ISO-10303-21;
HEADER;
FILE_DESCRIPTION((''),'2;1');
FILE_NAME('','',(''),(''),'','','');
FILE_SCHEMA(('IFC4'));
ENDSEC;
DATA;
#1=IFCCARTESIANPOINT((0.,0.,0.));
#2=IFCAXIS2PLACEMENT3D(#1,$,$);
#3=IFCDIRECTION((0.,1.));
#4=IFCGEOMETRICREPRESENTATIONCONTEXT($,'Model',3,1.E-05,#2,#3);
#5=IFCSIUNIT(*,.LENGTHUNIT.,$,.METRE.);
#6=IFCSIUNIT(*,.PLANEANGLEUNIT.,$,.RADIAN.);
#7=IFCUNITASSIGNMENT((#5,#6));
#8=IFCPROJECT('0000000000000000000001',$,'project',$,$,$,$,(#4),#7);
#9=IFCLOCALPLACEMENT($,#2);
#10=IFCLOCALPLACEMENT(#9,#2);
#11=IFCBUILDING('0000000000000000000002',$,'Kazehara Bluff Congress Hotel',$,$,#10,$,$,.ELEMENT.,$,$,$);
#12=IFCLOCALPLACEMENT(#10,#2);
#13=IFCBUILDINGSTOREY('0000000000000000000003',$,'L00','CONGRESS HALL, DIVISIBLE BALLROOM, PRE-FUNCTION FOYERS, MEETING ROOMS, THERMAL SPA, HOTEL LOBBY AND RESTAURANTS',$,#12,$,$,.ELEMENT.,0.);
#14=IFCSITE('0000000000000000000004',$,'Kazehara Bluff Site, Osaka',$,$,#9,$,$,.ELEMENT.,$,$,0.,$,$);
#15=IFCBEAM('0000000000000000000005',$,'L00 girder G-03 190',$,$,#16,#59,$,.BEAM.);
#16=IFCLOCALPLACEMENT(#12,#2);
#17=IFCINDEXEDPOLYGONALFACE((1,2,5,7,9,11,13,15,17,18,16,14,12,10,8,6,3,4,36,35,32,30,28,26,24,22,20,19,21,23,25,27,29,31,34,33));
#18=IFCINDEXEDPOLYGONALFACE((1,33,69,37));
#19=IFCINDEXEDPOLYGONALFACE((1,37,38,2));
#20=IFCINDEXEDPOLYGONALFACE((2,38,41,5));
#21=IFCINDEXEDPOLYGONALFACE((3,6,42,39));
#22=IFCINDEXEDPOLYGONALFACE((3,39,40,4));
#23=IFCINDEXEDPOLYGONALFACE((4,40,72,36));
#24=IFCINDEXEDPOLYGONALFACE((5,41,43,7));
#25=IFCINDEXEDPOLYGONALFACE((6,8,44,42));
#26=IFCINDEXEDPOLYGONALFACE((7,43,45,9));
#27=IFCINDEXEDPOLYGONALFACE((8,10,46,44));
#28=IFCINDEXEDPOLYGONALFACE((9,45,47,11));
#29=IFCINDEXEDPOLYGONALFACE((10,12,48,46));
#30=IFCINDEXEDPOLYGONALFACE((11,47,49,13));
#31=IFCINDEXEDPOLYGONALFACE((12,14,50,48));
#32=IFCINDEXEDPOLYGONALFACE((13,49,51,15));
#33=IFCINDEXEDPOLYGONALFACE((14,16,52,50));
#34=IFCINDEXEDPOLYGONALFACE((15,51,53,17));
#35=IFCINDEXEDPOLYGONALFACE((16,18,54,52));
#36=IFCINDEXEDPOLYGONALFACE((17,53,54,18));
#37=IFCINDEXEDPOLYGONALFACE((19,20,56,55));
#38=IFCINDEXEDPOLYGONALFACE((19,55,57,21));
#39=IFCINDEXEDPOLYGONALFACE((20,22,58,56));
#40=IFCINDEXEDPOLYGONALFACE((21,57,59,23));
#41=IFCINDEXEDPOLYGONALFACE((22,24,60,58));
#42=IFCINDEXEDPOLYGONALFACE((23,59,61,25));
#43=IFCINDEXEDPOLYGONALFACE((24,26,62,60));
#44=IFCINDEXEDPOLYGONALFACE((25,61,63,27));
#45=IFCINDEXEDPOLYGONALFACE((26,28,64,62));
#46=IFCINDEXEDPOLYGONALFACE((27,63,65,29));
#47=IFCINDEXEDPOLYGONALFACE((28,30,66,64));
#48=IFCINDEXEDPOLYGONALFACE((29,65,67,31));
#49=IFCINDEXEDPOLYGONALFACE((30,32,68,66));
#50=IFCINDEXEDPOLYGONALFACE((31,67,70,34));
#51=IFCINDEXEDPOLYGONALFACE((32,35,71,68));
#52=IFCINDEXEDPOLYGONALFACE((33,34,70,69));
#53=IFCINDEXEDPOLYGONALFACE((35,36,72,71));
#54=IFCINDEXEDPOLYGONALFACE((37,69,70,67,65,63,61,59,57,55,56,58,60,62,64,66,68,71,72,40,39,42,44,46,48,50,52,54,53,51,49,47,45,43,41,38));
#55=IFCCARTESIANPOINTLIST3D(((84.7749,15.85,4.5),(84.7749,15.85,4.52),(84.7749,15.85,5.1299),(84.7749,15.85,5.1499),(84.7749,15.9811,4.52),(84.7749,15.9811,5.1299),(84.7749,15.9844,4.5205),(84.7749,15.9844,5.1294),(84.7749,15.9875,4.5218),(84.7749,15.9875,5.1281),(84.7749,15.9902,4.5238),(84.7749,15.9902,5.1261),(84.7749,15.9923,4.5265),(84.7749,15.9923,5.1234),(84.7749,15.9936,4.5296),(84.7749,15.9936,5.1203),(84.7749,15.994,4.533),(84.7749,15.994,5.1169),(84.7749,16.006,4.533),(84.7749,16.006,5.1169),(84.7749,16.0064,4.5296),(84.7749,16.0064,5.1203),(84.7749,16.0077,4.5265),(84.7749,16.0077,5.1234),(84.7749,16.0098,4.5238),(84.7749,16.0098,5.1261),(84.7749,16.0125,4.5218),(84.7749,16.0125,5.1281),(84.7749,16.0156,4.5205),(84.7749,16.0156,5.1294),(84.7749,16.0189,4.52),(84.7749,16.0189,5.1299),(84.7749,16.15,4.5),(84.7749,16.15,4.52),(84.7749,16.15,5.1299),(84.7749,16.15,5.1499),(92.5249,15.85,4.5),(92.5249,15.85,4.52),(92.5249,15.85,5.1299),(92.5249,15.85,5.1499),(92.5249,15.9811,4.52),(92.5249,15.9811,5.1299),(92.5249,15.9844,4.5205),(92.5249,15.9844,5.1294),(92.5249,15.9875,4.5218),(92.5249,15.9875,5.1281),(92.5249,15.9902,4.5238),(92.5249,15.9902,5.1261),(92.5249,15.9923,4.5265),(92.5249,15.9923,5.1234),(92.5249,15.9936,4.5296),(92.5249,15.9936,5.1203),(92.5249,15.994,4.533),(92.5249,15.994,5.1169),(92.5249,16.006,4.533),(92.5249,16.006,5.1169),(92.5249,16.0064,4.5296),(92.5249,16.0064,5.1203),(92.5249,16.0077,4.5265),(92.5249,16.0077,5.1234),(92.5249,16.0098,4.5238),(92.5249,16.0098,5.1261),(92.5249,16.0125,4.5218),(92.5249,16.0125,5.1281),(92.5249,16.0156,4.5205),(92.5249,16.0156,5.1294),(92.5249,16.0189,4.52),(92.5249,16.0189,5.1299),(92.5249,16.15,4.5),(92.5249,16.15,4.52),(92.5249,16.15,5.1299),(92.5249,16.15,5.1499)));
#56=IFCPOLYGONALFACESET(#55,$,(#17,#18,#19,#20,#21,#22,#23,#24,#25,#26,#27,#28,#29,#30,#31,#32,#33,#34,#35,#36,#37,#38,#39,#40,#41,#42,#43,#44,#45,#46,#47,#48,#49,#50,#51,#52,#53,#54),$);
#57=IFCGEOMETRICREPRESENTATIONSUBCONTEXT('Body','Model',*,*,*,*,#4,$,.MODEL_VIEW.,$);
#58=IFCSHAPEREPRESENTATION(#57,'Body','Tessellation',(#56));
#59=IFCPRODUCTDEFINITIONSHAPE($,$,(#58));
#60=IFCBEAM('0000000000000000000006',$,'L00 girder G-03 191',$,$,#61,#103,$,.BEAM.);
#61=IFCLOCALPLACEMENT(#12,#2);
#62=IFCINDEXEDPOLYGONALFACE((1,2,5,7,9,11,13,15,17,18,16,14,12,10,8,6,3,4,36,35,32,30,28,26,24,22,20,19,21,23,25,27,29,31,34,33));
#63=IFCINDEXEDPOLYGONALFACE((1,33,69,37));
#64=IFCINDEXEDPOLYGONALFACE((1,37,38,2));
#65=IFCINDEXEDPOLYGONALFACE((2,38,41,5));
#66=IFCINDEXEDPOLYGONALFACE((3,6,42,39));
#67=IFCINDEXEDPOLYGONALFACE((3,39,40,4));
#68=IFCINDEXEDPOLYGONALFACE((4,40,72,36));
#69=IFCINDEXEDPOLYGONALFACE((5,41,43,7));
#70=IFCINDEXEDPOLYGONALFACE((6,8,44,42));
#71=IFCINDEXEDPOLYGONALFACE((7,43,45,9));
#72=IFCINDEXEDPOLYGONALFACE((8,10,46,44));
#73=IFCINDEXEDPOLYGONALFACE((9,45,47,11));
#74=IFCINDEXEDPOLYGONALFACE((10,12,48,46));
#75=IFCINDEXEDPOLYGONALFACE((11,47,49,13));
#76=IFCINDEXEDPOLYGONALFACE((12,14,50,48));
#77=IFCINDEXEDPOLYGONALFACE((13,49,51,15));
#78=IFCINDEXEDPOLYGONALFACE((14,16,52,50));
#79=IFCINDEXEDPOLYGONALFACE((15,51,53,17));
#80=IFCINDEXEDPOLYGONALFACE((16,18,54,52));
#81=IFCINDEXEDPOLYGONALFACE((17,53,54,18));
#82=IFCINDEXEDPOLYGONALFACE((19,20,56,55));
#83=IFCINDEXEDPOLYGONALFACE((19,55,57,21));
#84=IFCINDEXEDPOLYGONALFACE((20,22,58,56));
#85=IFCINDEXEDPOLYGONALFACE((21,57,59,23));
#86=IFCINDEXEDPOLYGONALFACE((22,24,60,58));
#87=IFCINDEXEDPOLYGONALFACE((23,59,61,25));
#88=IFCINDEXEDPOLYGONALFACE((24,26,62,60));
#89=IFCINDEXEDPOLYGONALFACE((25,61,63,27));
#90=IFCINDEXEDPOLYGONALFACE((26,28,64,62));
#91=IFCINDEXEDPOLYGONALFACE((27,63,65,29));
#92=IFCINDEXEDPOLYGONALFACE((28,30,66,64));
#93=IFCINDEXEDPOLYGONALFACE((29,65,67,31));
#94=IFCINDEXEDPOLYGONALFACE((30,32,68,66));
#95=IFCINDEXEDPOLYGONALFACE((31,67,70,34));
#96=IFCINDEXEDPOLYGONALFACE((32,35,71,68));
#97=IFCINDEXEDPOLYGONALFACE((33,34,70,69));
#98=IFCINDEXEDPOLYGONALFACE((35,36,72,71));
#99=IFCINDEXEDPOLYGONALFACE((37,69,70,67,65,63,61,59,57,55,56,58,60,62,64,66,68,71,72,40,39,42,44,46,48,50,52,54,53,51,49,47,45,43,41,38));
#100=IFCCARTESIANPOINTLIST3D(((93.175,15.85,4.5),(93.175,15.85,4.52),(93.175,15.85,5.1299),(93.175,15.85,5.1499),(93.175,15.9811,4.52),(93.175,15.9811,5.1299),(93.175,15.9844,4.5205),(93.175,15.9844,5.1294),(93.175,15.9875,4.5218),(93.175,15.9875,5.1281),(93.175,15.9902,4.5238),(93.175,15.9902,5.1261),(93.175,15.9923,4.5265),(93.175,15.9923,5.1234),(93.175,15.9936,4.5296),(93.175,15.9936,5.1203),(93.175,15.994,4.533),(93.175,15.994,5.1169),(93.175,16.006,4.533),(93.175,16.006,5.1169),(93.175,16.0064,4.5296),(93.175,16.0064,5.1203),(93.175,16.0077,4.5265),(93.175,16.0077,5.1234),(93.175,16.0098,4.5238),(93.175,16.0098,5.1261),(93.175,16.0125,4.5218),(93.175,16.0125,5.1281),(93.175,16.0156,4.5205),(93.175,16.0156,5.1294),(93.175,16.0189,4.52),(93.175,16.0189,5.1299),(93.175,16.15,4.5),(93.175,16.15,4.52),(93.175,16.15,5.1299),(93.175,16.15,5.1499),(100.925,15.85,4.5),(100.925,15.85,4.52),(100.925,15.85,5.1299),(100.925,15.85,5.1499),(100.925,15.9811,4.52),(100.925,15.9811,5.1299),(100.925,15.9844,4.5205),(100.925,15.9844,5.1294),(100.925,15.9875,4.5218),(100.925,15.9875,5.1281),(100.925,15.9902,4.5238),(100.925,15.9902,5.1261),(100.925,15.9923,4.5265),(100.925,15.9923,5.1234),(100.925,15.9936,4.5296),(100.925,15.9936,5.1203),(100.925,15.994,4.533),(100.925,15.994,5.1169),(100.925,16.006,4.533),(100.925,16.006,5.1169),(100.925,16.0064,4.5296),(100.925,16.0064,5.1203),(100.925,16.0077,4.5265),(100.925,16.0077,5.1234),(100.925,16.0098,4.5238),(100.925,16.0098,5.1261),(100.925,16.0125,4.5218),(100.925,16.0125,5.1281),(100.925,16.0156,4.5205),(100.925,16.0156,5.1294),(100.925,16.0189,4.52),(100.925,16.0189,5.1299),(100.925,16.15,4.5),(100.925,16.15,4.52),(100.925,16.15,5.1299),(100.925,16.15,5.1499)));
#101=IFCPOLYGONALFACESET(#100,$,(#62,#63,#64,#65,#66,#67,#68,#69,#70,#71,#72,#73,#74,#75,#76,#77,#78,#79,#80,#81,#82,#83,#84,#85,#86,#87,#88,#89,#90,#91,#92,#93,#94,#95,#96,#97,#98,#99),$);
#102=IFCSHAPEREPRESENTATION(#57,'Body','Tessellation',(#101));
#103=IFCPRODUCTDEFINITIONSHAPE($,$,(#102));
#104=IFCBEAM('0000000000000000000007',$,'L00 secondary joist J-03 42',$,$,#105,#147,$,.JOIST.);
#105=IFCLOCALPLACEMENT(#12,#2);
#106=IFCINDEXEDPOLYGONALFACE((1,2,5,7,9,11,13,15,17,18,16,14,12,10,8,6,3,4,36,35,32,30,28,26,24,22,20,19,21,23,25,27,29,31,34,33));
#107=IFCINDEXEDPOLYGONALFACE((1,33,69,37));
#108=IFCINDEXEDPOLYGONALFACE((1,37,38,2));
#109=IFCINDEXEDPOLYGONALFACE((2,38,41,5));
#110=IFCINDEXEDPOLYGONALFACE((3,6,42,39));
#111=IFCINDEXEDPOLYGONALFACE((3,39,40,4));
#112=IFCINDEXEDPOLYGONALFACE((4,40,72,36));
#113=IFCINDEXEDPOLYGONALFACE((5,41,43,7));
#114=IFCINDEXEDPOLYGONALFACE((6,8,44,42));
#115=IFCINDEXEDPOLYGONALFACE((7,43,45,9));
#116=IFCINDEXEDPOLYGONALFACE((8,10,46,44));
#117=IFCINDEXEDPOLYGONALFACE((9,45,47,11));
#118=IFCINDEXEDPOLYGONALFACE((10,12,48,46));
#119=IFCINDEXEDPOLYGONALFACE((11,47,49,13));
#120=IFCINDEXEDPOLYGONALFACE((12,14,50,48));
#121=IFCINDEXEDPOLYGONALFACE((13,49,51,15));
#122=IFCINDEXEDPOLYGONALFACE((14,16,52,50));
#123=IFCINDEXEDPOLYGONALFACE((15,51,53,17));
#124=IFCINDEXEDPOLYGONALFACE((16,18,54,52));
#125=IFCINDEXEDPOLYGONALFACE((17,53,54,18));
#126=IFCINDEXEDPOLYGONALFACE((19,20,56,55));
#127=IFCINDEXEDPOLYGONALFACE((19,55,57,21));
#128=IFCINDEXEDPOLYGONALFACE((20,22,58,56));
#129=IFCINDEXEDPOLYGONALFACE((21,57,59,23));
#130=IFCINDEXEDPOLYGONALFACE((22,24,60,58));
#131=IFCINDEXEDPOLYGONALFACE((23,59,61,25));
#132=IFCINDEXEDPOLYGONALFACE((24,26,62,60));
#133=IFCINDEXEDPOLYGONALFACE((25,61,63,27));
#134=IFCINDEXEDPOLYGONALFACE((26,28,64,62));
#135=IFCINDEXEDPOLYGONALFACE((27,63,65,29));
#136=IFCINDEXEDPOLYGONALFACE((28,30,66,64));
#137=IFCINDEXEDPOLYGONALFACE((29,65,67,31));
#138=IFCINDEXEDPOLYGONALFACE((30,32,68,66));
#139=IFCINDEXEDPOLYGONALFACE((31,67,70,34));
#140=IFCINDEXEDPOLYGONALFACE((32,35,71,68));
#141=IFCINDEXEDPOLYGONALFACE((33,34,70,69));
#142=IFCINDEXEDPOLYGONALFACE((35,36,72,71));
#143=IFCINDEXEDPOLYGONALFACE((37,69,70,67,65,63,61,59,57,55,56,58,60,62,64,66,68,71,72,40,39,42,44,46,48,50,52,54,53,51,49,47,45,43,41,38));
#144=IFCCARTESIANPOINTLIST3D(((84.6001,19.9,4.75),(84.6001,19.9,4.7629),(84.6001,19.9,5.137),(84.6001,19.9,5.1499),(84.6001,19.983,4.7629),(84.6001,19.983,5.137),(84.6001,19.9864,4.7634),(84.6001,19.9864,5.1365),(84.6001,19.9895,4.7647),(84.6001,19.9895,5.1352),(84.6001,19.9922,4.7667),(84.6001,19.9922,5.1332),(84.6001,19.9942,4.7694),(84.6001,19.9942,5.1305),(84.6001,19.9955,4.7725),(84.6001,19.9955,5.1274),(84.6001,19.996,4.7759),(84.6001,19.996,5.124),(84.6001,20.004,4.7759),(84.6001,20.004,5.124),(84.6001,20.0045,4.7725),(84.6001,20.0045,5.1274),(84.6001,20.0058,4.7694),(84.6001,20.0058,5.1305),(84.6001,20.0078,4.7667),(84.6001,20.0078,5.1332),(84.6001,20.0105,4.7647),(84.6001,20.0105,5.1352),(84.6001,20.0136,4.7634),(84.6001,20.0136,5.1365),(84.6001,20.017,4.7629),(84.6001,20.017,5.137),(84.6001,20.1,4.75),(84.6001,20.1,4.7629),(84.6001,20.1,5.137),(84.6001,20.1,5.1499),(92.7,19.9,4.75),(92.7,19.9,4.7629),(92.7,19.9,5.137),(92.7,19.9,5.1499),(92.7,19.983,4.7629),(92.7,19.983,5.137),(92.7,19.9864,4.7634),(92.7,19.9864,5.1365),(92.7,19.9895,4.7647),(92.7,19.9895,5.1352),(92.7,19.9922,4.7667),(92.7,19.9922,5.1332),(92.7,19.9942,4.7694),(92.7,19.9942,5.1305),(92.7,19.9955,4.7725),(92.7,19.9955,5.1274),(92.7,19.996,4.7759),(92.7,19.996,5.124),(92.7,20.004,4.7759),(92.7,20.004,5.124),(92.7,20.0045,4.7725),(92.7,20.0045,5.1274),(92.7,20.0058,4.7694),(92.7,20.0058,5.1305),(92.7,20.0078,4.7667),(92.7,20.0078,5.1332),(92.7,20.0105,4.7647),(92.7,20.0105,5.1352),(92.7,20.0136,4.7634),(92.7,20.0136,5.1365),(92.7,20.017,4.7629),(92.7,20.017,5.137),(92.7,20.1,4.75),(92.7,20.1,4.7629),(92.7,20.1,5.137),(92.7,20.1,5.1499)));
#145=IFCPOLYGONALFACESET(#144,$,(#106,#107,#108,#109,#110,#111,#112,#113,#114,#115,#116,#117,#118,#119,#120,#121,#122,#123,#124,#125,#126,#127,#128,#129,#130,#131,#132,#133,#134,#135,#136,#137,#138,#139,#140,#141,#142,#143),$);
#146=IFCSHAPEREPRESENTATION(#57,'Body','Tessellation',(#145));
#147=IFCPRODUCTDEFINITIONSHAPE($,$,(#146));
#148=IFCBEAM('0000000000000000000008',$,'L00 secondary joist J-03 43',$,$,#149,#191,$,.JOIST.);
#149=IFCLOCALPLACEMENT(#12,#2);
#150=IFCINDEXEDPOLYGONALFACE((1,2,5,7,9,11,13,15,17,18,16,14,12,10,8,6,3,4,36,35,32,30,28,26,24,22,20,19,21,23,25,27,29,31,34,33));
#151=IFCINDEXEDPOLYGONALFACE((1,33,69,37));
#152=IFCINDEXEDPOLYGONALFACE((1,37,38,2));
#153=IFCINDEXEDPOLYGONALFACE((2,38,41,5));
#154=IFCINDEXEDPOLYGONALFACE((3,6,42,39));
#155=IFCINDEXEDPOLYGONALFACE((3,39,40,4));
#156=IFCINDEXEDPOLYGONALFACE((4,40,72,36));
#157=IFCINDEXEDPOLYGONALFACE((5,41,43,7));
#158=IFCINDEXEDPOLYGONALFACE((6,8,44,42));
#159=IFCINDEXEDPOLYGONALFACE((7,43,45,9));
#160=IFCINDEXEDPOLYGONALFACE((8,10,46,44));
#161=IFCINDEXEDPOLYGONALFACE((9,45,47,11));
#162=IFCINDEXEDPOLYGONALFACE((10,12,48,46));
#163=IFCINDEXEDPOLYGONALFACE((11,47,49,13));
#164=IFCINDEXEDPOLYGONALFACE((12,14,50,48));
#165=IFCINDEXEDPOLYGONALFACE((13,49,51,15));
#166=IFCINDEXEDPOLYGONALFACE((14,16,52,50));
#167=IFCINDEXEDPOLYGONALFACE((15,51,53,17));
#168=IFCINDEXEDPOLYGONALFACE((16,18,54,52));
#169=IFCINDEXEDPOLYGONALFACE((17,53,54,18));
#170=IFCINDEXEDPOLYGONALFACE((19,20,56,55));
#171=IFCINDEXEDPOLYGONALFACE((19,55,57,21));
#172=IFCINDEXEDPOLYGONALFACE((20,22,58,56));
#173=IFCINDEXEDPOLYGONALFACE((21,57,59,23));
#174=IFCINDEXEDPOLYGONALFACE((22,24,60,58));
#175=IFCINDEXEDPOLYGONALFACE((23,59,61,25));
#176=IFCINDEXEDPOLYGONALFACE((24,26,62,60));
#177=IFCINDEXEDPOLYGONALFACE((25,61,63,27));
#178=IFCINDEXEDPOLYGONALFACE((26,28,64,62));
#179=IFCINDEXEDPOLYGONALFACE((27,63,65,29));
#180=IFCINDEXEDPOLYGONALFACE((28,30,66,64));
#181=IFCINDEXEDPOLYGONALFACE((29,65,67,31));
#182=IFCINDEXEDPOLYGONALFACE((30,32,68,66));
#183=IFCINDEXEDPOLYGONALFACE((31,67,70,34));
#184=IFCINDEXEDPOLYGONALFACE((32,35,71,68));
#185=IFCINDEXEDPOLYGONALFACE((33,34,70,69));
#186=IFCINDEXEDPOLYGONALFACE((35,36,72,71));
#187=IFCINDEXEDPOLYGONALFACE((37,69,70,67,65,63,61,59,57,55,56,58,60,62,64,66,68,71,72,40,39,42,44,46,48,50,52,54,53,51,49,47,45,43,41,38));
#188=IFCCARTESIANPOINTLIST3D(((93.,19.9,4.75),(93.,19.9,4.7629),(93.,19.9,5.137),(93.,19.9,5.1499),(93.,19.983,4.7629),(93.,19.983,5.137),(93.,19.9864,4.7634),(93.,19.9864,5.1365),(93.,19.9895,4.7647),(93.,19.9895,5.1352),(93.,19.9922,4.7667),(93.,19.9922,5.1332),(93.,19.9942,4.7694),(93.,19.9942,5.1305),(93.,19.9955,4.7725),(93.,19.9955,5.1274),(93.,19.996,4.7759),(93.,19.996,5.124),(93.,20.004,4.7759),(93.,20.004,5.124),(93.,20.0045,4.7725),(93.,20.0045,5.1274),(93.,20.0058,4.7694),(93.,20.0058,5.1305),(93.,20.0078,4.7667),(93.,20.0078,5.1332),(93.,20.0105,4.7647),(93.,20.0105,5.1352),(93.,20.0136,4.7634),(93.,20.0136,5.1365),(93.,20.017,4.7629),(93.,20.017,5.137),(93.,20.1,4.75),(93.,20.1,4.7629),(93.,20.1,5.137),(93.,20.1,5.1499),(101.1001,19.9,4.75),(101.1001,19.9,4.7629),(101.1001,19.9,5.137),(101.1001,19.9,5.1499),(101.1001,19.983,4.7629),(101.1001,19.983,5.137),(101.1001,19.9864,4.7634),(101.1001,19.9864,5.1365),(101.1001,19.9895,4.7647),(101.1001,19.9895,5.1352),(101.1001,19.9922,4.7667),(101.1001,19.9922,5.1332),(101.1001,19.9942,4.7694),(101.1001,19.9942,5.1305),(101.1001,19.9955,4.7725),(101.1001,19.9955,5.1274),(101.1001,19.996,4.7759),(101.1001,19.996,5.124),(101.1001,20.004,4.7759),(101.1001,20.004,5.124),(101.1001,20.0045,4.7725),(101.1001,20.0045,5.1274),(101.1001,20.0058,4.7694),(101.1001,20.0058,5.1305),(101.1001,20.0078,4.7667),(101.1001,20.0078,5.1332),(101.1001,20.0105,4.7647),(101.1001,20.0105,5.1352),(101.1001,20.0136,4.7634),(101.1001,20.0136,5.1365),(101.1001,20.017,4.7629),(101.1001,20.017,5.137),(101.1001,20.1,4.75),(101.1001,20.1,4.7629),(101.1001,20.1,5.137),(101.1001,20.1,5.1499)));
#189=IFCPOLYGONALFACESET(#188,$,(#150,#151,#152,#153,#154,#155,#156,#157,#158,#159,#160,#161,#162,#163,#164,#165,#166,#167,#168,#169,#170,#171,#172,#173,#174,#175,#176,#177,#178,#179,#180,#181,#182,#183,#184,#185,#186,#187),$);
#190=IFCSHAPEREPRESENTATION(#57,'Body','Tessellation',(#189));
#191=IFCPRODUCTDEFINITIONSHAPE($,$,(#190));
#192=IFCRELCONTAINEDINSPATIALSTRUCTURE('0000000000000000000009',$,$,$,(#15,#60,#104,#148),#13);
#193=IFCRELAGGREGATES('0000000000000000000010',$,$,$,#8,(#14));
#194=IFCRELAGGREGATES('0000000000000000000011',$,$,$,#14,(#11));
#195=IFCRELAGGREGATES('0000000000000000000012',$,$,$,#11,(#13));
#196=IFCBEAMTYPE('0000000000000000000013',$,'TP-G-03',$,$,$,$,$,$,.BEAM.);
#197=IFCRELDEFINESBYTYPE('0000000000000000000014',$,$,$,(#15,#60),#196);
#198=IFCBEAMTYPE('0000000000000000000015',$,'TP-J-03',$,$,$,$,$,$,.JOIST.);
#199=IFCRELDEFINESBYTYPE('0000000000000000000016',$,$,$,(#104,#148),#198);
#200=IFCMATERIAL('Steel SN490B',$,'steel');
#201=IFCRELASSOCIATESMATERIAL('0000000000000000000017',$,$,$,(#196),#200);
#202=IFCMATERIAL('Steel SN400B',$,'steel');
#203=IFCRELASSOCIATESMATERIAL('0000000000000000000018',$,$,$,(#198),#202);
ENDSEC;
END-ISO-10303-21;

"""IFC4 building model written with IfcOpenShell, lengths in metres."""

from ifc_helpers import new_model, si_unit, direction, frame, origin, origin_2d, place, context, subcontext, project, spatial, i_section, extrude, material, material_profile, profile_set, type_object, element, save


model = new_model("IFC4")

# Units and contexts
model_context = context("Model", 3, precision=1e-05, world=origin(), true_north=direction((0.0, 1.0)))
body_context = subcontext(model_context, "Body", "Model", "MODEL_VIEW")
ifc_project = project(units=[si_unit("LENGTHUNIT", "METRE"), si_unit("PLANEANGLEUNIT", "RADIAN")], contexts=[model_context])

# Site, building, storey
site_placement = place(None, origin())
site = spatial("IfcSite", under=ifc_project, at=site_placement, Name="Kazehara Bluff Site, Osaka", CompositionType="ELEMENT", RefElevation=0.0)
building_placement = place(site_placement, origin())
building = spatial("IfcBuilding", under=site, at=building_placement, Name="Kazehara Bluff Congress Hotel", CompositionType="ELEMENT")
storey_placement = place(building_placement, origin())
storey = spatial("IfcBuildingStorey", under=building, at=storey_placement, Name="L00", Description="CONGRESS HALL, DIVISIBLE BALLROOM, PRE-FUNCTION FOYERS, MEETING ROOMS, THERMAL SPA, HOTEL LOBBY AND RESTAURANTS", CompositionType="ELEMENT", Elevation=0.0)

# Beams
ifc_material_1 = material(Name="Steel SN490B", Category="steel")
ifc_material_profile_1 = material_profile(ifc_material_1, i_section(OverallWidth=0.3, OverallDepth=0.6499, WebThickness=0.012, FlangeThickness=0.02, FilletRadius=0.0129, at=origin_2d()))
ifc_profile_set_1 = profile_set([ifc_material_profile_1], Name="Steel SN490B")
beam_type_1 = type_object("IfcBeamType", Name="TP-G-03", PredefinedType="BEAM", material=ifc_profile_set_1)
for number, where, z_axis, x_axis, name in (
    (1, (84.7749, 16.0, 4.825), (1.0, 0.0, 0.0), (0.0, 1.0, 0.0), "L00 girder G-03 190"),
    (2, (93.175, 16.0, 4.825), (1.0, 0.0, 0.0), (0.0, 1.0, 0.0), "L00 girder G-03 191"),
):
    element("IfcBeam", number, at=place(storey_placement, frame(where, z_axis=z_axis, x_axis=x_axis)), inside=storey, type_object=beam_type_1, Name=name, PredefinedType="BEAM", context=body_context, shape_type="SweptSolid", body=[
        extrude(i_section(OverallWidth=0.3, OverallDepth=0.6499, WebThickness=0.012, FlangeThickness=0.02, FilletRadius=0.0129, at=origin_2d()), origin(), (0.0, 0.0, 1.0), 7.75),
    ])
ifc_material_2 = material(Name="Steel SN400B", Category="steel")
ifc_material_profile_2 = material_profile(ifc_material_2, i_section(OverallWidth=0.2, OverallDepth=0.3999, WebThickness=0.0081, FlangeThickness=0.0129, FilletRadius=0.0129, at=origin_2d()))
ifc_profile_set_2 = profile_set([ifc_material_profile_2], Name="Steel SN400B")
beam_type_2 = type_object("IfcBeamType", Name="TP-J-03", PredefinedType="JOIST", material=ifc_profile_set_2)
beam_1_placement = place(storey_placement, frame((84.6001, 20.0, 4.95), z_axis=(1.0, 0.0, 0.0), x_axis=(0.0, 1.0, 0.0)))
element("IfcBeam", 3, at=beam_1_placement, inside=storey, type_object=beam_type_2, Name="L00 secondary joist J-03 42", PredefinedType="JOIST", context=body_context, shape_type="SweptSolid", body=[
    extrude(i_section(OverallWidth=0.2, OverallDepth=0.3999, WebThickness=0.0081, FlangeThickness=0.0129, FilletRadius=0.0129, at=origin_2d()), origin(), (0.0, 0.0, 1.0), 8.0999),
])
beam_2_placement = place(storey_placement, frame((93.0, 20.0, 4.95), z_axis=(1.0, 0.0, 0.0), x_axis=(0.0, 1.0, 0.0)))
element("IfcBeam", 4, at=beam_2_placement, inside=storey, type_object=beam_type_2, Name="L00 secondary joist J-03 43", PredefinedType="JOIST", context=body_context, shape_type="SweptSolid", body=[
    extrude(i_section(OverallWidth=0.2, OverallDepth=0.3999, WebThickness=0.0081, FlangeThickness=0.0129, FilletRadius=0.0129, at=origin_2d()), origin(), (0.0, 0.0, 1.0), 8.1001),
])

save(model, "model.ifc")
